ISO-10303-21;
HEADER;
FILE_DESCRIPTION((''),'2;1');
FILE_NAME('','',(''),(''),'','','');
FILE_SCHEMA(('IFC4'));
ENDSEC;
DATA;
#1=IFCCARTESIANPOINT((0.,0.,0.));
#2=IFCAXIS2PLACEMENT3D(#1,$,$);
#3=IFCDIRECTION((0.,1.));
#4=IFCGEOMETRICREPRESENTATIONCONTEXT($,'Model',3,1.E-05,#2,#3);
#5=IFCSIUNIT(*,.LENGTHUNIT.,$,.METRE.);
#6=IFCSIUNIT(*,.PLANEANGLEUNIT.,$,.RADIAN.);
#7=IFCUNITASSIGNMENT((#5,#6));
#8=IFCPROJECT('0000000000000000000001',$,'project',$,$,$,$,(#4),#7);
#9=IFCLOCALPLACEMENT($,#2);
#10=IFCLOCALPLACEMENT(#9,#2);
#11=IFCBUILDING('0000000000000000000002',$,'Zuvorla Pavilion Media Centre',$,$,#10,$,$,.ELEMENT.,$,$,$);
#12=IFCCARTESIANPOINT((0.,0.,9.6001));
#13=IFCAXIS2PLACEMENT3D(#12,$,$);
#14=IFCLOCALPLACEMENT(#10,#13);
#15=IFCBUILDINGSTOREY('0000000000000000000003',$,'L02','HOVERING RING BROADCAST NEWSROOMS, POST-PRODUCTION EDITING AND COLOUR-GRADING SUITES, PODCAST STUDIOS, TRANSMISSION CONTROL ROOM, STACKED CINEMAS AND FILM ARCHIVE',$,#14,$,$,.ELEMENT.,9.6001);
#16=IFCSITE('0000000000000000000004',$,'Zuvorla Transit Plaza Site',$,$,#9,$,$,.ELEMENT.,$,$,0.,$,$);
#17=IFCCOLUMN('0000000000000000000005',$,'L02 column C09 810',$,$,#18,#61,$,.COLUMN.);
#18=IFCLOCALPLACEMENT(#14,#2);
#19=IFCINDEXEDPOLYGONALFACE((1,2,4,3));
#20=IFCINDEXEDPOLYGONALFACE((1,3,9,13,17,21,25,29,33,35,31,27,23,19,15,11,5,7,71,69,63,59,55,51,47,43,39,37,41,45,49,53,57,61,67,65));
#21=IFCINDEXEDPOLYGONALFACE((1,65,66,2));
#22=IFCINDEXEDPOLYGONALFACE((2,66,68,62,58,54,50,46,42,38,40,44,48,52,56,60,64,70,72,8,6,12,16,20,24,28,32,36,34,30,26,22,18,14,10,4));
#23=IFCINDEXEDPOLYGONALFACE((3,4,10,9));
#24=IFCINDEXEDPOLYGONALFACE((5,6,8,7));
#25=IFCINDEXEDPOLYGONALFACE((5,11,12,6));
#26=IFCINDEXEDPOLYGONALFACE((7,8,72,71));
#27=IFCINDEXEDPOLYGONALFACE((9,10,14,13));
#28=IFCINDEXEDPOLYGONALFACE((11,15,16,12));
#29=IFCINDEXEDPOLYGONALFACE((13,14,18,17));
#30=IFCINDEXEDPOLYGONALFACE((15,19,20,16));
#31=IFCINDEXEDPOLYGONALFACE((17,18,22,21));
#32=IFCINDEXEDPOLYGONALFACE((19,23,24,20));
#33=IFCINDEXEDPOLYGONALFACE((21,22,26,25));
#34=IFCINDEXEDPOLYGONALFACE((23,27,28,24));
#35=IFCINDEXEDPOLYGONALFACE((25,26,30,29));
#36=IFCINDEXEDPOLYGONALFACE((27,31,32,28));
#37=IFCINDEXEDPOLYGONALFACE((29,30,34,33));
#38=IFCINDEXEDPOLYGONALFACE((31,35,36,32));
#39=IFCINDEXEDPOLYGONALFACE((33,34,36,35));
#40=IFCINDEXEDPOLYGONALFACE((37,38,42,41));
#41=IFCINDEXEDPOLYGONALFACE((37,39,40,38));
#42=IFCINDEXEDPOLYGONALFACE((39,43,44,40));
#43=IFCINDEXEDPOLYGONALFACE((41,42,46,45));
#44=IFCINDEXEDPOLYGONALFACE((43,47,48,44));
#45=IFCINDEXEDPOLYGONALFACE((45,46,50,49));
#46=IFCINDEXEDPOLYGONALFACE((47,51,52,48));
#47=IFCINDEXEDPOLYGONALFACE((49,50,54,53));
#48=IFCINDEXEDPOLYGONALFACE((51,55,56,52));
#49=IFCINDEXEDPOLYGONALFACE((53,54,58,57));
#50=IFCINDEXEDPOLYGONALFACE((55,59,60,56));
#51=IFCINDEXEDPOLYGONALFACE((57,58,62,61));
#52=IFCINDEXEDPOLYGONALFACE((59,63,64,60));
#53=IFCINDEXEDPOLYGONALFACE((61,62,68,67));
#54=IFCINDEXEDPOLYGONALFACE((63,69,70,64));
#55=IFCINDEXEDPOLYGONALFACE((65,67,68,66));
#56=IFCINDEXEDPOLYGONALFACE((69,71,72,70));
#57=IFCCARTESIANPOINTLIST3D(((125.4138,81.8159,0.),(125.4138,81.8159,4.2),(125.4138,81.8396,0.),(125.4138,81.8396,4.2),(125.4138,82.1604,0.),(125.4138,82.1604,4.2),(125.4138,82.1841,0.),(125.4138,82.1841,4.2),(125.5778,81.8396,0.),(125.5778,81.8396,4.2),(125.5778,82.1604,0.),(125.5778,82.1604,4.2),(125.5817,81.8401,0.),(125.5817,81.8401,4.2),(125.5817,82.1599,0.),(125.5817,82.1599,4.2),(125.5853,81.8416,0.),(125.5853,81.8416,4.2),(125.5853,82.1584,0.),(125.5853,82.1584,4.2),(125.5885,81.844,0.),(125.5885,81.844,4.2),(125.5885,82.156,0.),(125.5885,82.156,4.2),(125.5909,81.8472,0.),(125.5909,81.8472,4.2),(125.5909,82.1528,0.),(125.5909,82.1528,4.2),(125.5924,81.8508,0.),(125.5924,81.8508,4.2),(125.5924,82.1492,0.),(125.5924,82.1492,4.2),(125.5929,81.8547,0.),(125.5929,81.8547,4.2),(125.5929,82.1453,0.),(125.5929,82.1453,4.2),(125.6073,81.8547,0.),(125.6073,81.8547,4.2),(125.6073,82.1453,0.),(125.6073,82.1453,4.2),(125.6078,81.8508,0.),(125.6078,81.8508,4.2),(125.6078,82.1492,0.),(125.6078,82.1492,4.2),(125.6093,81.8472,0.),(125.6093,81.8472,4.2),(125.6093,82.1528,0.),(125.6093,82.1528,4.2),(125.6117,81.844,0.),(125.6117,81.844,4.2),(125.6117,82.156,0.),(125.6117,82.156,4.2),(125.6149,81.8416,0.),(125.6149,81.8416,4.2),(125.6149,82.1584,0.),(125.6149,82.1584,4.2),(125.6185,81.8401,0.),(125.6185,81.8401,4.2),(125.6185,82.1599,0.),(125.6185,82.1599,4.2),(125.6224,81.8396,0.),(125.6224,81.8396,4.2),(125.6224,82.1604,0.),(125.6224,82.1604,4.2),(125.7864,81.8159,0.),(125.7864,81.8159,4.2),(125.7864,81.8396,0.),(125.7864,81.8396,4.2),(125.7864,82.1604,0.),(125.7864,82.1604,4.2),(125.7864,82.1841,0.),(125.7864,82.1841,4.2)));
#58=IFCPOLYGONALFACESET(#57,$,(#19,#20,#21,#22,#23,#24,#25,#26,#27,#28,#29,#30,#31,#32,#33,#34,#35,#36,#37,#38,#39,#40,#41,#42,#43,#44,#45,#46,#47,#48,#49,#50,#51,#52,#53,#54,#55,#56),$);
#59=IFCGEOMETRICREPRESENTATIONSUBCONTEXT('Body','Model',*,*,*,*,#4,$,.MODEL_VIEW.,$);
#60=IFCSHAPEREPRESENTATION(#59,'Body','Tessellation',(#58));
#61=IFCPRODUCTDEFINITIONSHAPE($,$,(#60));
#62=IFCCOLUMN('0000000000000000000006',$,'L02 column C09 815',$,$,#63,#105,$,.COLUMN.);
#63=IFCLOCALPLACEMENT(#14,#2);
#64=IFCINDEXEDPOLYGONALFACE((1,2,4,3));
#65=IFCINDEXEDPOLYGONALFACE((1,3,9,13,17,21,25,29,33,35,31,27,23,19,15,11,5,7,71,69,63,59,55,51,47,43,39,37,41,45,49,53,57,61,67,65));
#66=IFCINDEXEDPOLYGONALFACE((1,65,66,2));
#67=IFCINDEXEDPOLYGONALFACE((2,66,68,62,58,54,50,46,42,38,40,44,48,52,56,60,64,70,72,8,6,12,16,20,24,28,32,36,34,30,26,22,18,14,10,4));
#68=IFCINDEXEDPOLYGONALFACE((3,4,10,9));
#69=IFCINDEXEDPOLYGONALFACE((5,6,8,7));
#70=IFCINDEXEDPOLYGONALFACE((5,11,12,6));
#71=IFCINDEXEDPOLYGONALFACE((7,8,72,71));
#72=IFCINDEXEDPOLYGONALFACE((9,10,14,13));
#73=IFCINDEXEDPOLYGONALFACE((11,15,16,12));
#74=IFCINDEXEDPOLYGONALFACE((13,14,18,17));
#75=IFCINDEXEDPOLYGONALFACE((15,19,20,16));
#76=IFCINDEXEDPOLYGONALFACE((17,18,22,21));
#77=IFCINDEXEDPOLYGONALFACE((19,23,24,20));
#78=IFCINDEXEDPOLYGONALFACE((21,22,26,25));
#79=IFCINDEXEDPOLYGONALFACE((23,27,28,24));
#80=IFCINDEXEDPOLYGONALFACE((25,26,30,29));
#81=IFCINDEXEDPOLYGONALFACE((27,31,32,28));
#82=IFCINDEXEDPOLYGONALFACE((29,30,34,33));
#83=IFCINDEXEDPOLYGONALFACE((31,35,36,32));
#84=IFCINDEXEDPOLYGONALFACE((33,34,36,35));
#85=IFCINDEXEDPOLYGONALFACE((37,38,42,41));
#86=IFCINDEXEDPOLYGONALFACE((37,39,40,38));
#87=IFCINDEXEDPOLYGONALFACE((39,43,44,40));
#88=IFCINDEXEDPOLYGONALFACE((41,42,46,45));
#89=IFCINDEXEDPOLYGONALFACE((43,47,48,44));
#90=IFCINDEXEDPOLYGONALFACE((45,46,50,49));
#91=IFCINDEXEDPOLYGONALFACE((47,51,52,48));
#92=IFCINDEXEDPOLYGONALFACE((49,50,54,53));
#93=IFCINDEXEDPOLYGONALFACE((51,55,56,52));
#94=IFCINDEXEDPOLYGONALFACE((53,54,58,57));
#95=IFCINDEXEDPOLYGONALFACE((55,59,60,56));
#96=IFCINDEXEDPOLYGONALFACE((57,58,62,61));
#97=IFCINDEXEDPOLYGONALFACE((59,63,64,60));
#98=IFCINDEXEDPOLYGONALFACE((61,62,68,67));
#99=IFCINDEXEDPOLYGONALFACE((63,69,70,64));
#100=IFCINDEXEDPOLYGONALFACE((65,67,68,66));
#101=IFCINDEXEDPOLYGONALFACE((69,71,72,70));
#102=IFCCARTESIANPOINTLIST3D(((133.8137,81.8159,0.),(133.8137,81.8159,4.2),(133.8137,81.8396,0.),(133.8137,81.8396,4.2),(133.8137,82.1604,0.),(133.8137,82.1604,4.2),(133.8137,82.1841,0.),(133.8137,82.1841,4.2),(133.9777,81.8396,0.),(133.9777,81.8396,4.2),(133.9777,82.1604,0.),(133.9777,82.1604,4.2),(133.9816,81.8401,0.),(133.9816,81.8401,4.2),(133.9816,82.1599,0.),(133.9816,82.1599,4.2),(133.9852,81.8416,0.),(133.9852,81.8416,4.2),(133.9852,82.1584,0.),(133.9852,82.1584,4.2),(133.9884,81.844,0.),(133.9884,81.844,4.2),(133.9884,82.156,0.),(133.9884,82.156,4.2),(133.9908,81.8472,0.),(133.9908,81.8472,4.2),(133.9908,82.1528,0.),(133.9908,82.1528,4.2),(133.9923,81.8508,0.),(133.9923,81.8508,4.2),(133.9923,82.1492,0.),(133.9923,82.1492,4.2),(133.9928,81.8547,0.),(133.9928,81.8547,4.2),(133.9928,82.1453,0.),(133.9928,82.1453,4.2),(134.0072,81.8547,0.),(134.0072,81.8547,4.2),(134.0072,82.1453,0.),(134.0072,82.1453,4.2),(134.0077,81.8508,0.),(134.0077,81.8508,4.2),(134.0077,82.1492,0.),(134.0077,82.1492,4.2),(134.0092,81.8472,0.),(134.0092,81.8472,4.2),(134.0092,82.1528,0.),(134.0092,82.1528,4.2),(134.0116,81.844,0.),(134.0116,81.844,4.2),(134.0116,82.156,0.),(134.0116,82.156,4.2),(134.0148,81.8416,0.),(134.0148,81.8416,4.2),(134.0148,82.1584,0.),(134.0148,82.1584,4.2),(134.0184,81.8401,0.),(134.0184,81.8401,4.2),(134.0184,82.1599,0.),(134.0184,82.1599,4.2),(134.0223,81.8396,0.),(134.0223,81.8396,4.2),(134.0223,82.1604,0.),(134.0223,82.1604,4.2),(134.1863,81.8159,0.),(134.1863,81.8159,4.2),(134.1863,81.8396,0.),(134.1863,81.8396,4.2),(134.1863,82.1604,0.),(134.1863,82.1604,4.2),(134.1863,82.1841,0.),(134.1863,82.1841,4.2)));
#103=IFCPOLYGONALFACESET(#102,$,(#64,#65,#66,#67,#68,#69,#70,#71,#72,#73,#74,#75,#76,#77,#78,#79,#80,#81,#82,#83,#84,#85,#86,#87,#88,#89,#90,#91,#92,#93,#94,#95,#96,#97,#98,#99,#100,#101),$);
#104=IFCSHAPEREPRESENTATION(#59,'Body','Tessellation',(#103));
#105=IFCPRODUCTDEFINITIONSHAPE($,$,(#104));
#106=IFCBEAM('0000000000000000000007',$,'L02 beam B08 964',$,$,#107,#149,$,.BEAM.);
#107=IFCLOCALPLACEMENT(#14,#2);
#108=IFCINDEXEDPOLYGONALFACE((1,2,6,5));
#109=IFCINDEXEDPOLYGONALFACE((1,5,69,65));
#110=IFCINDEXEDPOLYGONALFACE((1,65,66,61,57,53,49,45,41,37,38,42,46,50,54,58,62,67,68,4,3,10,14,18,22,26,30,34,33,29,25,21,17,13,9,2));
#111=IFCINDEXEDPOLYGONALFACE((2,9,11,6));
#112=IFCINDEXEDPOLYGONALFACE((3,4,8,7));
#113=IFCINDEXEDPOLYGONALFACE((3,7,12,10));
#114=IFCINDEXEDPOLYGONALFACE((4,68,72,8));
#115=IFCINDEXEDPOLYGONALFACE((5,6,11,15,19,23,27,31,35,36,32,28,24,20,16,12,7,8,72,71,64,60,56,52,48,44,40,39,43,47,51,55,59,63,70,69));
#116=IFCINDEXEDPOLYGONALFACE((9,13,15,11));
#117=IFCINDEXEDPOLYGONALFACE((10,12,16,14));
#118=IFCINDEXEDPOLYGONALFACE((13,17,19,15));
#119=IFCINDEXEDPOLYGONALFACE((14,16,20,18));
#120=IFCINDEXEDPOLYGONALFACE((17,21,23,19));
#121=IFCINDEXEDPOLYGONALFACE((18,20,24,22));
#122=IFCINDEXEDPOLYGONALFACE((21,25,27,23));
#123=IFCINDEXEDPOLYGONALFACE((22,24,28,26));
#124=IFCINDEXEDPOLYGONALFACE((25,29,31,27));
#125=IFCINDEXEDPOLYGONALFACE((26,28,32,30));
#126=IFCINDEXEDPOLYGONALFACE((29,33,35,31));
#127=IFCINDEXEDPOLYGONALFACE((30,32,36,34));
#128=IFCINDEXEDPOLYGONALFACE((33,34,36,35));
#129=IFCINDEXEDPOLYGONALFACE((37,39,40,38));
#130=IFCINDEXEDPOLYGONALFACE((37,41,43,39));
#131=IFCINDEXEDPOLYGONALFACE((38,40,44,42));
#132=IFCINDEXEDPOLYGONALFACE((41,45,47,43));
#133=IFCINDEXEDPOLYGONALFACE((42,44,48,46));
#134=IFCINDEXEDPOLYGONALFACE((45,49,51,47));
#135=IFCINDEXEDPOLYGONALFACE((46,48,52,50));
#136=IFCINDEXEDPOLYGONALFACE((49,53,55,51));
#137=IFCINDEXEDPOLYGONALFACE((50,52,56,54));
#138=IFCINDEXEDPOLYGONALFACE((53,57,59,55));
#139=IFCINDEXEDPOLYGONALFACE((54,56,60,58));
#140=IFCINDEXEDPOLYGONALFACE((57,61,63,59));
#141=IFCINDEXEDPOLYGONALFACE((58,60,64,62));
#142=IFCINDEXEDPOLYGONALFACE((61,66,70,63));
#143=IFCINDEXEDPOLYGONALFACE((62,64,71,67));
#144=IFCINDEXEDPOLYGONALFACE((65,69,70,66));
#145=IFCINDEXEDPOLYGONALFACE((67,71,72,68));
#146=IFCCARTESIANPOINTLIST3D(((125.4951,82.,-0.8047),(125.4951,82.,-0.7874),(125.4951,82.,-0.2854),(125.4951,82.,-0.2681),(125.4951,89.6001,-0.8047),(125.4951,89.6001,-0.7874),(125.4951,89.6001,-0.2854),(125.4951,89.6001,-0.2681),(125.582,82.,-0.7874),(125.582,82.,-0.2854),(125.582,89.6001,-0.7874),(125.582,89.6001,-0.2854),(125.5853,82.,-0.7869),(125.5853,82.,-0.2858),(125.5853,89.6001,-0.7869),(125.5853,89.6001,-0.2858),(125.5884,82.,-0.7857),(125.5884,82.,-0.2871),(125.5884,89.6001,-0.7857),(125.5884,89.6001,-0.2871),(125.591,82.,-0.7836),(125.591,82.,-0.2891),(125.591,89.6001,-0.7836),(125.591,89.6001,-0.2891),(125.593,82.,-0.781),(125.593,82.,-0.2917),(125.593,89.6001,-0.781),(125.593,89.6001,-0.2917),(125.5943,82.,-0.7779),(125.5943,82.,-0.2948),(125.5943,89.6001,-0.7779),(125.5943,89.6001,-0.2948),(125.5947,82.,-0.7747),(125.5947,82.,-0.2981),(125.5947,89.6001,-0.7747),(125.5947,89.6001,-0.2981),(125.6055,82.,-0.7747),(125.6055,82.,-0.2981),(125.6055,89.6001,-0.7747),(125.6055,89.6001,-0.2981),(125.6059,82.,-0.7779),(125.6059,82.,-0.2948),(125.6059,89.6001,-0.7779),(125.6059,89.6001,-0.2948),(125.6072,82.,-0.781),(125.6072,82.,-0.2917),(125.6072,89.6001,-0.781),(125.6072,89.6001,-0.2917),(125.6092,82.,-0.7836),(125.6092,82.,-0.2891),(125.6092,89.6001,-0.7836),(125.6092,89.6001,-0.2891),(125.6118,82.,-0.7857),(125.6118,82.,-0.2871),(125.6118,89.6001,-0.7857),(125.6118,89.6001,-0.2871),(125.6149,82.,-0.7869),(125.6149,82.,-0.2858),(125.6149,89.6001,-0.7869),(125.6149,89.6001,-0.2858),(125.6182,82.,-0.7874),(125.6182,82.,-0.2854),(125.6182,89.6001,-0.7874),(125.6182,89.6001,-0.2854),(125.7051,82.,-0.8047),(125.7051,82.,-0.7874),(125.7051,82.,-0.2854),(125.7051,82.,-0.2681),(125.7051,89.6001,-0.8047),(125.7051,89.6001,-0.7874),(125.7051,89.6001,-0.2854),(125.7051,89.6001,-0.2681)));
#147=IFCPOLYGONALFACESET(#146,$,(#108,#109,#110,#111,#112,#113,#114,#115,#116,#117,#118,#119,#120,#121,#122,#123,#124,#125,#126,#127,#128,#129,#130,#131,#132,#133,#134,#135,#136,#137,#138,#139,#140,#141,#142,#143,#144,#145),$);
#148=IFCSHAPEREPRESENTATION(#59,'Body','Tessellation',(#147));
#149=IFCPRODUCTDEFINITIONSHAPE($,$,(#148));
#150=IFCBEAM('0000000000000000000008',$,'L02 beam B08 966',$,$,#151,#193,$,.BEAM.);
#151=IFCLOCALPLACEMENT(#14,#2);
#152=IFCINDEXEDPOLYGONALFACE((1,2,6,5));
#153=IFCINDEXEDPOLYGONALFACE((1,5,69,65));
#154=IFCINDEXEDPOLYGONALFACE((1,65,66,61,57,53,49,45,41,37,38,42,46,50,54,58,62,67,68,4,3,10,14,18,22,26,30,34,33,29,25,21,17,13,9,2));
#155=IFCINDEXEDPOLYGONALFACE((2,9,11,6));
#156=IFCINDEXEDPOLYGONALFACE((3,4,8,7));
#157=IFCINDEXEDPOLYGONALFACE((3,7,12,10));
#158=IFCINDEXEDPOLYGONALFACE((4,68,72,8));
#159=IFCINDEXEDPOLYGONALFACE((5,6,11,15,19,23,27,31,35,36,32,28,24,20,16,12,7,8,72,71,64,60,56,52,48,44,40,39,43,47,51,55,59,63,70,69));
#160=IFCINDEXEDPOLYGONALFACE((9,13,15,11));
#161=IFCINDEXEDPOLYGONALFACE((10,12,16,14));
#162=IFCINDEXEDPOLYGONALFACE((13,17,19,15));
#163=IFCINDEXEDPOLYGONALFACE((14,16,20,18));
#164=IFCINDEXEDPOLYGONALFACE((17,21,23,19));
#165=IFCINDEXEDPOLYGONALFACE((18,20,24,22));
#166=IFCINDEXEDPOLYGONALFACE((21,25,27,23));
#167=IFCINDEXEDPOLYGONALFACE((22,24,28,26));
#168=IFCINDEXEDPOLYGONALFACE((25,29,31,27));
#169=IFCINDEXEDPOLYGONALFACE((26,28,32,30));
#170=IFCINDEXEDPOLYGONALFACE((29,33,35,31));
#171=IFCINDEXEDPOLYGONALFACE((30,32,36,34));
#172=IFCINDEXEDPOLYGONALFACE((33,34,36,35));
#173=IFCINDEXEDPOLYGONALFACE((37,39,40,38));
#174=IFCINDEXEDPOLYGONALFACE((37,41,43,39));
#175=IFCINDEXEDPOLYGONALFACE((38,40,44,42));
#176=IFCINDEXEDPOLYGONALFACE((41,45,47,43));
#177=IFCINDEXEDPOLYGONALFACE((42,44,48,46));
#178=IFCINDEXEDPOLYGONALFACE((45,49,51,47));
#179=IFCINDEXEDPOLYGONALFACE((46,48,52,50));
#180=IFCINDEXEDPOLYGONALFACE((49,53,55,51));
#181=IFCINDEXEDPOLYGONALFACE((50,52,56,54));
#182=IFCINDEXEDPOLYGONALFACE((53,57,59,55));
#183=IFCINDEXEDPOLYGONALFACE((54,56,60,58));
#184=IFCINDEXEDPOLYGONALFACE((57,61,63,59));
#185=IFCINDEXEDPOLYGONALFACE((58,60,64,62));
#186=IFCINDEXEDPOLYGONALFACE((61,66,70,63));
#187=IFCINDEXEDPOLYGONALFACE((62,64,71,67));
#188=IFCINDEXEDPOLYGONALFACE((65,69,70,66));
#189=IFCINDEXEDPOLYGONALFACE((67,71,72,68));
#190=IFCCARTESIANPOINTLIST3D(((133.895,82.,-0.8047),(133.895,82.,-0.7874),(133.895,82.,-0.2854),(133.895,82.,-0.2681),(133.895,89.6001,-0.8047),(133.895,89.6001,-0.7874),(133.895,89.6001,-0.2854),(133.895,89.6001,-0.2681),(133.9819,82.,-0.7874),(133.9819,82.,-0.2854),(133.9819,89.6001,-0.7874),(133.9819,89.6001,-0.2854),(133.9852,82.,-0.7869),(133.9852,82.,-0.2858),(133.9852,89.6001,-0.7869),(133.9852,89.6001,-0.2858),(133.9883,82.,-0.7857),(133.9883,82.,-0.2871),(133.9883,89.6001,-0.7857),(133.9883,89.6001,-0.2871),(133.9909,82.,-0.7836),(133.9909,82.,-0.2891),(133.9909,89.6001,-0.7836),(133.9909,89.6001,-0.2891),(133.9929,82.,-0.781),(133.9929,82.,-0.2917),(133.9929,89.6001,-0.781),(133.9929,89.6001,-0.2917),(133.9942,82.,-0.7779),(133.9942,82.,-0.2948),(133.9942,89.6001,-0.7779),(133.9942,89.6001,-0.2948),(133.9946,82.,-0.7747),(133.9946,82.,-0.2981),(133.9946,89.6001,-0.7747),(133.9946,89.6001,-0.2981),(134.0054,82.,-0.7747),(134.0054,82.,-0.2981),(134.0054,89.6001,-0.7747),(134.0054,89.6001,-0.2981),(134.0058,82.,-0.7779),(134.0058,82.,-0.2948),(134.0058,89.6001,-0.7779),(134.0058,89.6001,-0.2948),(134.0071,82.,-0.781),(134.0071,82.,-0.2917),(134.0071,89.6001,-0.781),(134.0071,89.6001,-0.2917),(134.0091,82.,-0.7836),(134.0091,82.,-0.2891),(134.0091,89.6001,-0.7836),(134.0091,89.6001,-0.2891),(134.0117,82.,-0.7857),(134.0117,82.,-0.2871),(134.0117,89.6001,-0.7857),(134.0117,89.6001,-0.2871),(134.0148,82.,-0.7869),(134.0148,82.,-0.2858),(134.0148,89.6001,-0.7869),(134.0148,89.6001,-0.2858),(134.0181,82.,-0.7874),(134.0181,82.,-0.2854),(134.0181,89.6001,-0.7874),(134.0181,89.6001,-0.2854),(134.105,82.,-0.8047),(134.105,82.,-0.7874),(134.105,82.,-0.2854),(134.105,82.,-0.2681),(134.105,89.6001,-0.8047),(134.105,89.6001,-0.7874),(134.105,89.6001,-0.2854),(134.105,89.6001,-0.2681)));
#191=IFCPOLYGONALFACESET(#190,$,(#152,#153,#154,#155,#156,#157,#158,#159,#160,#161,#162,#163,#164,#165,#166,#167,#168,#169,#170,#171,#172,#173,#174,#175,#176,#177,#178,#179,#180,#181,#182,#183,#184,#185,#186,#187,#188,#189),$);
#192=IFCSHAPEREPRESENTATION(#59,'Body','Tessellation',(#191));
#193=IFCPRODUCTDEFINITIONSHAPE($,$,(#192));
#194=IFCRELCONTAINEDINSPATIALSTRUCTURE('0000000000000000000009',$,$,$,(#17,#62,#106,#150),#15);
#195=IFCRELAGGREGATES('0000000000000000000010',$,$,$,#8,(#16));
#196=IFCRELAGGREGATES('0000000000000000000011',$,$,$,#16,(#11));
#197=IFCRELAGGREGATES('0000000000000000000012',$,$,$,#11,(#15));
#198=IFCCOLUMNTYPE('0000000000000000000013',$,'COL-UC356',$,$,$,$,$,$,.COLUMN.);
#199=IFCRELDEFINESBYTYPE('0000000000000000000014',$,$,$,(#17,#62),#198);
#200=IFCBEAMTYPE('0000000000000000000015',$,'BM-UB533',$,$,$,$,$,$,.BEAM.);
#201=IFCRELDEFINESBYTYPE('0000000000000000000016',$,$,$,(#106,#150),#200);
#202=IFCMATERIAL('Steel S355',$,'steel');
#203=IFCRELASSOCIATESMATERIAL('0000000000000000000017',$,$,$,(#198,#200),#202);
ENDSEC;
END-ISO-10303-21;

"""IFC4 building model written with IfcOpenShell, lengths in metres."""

from ifc_helpers import new_model, si_unit, direction, frame, origin, origin_2d, place, context, subcontext, project, spatial, i_section, extrude, material, material_profile, profile_set, type_object, element, save


model = new_model("IFC4")

# Units and contexts
model_context = context("Model", 3, precision=1e-05, world=origin(), true_north=direction((0.0, 1.0)))
body_context = subcontext(model_context, "Body", "Model", "MODEL_VIEW")
ifc_project = project(units=[si_unit("LENGTHUNIT", "METRE"), si_unit("PLANEANGLEUNIT", "RADIAN")], contexts=[model_context])

# Site, building, storey
site_placement = place(None, origin())
site = spatial("IfcSite", under=ifc_project, at=site_placement, Name="Zuvorla Transit Plaza Site", CompositionType="ELEMENT", RefElevation=0.0)
building_placement = place(site_placement, origin())
building = spatial("IfcBuilding", under=site, at=building_placement, Name="Zuvorla Pavilion Media Centre", CompositionType="ELEMENT")
storey_placement = place(building_placement, frame((0.0, 0.0, 9.6001)))
storey = spatial("IfcBuildingStorey", under=building, at=storey_placement, Name="L02", Description="HOVERING RING BROADCAST NEWSROOMS, POST-PRODUCTION EDITING AND COLOUR-GRADING SUITES, PODCAST STUDIOS, TRANSMISSION CONTROL ROOM, STACKED CINEMAS AND FILM ARCHIVE", CompositionType="ELEMENT", Elevation=9.6001)

# Columns
ifc_material_1 = material(Name="Steel S355", Category="steel")
ifc_material_profile_1 = material_profile(ifc_material_1, i_section(OverallWidth=0.3726, OverallDepth=0.3682, WebThickness=0.0144, FlangeThickness=0.0237, FilletRadius=0.0151, at=origin_2d()), Name="UC 356x368x177")
ifc_profile_set_1 = profile_set([ifc_material_profile_1], Name="Steel S355")
column_type = type_object("IfcColumnType", Name="COL-UC356", PredefinedType="COLUMN", material=ifc_profile_set_1)
for number, where, z_axis, x_axis, name in (
    (1, (125.6001, 82.0, 0.0), (0.0, 0.0, 1.0), (1.0, 0.0, 0.0), "L02 column C09 810"),
    (2, (134.0, 82.0, 0.0), (0.0, 0.0, 1.0), (1.0, 0.0, 0.0), "L02 column C09 815"),
):
    element("IfcColumn", number, at=place(storey_placement, frame(where, z_axis=z_axis, x_axis=x_axis)), inside=storey, type_object=column_type, Name=name, PredefinedType="COLUMN", context=body_context, shape_type="SweptSolid", body=[
        extrude(i_section(OverallWidth=0.3726, OverallDepth=0.3682, WebThickness=0.0144, FlangeThickness=0.0237, FilletRadius=0.0151, at=origin_2d()), origin(), (0.0, 0.0, 1.0), 4.2),
    ])

# Beams
ifc_material_profile_2 = material_profile(ifc_material_1, i_section(OverallWidth=0.21, OverallDepth=0.5366, WebThickness=0.0107, FlangeThickness=0.0173, FilletRadius=0.0127, at=origin_2d()), Name="UB 533x210x101")
ifc_profile_set_2 = profile_set([ifc_material_profile_2], Name="Steel S355")
beam_type_1 = type_object("IfcBeamType", Name="BM-UB533", PredefinedType="BEAM", material=ifc_profile_set_2)
for number, where, z_axis, x_axis, name in (
    (3, (125.6001, 82.0, -0.5364), (0.0, 1.0, 0.0), (-1.0, 0.0, 0.0), "L02 beam B08 964"),
    (4, (134.0, 82.0, -0.5364), (0.0, 1.0, 0.0), (-1.0, 0.0, 0.0), "L02 beam B08 966"),
):
    element("IfcBeam", number, at=place(storey_placement, frame(where, z_axis=z_axis, x_axis=x_axis)), inside=storey, type_object=beam_type_1, Name=name, PredefinedType="BEAM", context=body_context, shape_type="SweptSolid", body=[
        extrude(i_section(OverallWidth=0.21, OverallDepth=0.5366, WebThickness=0.0107, FlangeThickness=0.0173, FilletRadius=0.0127, at=origin_2d()), origin(), (0.0, 0.0, 1.0), 7.6001),
    ])

save(model, "model.ifc")
